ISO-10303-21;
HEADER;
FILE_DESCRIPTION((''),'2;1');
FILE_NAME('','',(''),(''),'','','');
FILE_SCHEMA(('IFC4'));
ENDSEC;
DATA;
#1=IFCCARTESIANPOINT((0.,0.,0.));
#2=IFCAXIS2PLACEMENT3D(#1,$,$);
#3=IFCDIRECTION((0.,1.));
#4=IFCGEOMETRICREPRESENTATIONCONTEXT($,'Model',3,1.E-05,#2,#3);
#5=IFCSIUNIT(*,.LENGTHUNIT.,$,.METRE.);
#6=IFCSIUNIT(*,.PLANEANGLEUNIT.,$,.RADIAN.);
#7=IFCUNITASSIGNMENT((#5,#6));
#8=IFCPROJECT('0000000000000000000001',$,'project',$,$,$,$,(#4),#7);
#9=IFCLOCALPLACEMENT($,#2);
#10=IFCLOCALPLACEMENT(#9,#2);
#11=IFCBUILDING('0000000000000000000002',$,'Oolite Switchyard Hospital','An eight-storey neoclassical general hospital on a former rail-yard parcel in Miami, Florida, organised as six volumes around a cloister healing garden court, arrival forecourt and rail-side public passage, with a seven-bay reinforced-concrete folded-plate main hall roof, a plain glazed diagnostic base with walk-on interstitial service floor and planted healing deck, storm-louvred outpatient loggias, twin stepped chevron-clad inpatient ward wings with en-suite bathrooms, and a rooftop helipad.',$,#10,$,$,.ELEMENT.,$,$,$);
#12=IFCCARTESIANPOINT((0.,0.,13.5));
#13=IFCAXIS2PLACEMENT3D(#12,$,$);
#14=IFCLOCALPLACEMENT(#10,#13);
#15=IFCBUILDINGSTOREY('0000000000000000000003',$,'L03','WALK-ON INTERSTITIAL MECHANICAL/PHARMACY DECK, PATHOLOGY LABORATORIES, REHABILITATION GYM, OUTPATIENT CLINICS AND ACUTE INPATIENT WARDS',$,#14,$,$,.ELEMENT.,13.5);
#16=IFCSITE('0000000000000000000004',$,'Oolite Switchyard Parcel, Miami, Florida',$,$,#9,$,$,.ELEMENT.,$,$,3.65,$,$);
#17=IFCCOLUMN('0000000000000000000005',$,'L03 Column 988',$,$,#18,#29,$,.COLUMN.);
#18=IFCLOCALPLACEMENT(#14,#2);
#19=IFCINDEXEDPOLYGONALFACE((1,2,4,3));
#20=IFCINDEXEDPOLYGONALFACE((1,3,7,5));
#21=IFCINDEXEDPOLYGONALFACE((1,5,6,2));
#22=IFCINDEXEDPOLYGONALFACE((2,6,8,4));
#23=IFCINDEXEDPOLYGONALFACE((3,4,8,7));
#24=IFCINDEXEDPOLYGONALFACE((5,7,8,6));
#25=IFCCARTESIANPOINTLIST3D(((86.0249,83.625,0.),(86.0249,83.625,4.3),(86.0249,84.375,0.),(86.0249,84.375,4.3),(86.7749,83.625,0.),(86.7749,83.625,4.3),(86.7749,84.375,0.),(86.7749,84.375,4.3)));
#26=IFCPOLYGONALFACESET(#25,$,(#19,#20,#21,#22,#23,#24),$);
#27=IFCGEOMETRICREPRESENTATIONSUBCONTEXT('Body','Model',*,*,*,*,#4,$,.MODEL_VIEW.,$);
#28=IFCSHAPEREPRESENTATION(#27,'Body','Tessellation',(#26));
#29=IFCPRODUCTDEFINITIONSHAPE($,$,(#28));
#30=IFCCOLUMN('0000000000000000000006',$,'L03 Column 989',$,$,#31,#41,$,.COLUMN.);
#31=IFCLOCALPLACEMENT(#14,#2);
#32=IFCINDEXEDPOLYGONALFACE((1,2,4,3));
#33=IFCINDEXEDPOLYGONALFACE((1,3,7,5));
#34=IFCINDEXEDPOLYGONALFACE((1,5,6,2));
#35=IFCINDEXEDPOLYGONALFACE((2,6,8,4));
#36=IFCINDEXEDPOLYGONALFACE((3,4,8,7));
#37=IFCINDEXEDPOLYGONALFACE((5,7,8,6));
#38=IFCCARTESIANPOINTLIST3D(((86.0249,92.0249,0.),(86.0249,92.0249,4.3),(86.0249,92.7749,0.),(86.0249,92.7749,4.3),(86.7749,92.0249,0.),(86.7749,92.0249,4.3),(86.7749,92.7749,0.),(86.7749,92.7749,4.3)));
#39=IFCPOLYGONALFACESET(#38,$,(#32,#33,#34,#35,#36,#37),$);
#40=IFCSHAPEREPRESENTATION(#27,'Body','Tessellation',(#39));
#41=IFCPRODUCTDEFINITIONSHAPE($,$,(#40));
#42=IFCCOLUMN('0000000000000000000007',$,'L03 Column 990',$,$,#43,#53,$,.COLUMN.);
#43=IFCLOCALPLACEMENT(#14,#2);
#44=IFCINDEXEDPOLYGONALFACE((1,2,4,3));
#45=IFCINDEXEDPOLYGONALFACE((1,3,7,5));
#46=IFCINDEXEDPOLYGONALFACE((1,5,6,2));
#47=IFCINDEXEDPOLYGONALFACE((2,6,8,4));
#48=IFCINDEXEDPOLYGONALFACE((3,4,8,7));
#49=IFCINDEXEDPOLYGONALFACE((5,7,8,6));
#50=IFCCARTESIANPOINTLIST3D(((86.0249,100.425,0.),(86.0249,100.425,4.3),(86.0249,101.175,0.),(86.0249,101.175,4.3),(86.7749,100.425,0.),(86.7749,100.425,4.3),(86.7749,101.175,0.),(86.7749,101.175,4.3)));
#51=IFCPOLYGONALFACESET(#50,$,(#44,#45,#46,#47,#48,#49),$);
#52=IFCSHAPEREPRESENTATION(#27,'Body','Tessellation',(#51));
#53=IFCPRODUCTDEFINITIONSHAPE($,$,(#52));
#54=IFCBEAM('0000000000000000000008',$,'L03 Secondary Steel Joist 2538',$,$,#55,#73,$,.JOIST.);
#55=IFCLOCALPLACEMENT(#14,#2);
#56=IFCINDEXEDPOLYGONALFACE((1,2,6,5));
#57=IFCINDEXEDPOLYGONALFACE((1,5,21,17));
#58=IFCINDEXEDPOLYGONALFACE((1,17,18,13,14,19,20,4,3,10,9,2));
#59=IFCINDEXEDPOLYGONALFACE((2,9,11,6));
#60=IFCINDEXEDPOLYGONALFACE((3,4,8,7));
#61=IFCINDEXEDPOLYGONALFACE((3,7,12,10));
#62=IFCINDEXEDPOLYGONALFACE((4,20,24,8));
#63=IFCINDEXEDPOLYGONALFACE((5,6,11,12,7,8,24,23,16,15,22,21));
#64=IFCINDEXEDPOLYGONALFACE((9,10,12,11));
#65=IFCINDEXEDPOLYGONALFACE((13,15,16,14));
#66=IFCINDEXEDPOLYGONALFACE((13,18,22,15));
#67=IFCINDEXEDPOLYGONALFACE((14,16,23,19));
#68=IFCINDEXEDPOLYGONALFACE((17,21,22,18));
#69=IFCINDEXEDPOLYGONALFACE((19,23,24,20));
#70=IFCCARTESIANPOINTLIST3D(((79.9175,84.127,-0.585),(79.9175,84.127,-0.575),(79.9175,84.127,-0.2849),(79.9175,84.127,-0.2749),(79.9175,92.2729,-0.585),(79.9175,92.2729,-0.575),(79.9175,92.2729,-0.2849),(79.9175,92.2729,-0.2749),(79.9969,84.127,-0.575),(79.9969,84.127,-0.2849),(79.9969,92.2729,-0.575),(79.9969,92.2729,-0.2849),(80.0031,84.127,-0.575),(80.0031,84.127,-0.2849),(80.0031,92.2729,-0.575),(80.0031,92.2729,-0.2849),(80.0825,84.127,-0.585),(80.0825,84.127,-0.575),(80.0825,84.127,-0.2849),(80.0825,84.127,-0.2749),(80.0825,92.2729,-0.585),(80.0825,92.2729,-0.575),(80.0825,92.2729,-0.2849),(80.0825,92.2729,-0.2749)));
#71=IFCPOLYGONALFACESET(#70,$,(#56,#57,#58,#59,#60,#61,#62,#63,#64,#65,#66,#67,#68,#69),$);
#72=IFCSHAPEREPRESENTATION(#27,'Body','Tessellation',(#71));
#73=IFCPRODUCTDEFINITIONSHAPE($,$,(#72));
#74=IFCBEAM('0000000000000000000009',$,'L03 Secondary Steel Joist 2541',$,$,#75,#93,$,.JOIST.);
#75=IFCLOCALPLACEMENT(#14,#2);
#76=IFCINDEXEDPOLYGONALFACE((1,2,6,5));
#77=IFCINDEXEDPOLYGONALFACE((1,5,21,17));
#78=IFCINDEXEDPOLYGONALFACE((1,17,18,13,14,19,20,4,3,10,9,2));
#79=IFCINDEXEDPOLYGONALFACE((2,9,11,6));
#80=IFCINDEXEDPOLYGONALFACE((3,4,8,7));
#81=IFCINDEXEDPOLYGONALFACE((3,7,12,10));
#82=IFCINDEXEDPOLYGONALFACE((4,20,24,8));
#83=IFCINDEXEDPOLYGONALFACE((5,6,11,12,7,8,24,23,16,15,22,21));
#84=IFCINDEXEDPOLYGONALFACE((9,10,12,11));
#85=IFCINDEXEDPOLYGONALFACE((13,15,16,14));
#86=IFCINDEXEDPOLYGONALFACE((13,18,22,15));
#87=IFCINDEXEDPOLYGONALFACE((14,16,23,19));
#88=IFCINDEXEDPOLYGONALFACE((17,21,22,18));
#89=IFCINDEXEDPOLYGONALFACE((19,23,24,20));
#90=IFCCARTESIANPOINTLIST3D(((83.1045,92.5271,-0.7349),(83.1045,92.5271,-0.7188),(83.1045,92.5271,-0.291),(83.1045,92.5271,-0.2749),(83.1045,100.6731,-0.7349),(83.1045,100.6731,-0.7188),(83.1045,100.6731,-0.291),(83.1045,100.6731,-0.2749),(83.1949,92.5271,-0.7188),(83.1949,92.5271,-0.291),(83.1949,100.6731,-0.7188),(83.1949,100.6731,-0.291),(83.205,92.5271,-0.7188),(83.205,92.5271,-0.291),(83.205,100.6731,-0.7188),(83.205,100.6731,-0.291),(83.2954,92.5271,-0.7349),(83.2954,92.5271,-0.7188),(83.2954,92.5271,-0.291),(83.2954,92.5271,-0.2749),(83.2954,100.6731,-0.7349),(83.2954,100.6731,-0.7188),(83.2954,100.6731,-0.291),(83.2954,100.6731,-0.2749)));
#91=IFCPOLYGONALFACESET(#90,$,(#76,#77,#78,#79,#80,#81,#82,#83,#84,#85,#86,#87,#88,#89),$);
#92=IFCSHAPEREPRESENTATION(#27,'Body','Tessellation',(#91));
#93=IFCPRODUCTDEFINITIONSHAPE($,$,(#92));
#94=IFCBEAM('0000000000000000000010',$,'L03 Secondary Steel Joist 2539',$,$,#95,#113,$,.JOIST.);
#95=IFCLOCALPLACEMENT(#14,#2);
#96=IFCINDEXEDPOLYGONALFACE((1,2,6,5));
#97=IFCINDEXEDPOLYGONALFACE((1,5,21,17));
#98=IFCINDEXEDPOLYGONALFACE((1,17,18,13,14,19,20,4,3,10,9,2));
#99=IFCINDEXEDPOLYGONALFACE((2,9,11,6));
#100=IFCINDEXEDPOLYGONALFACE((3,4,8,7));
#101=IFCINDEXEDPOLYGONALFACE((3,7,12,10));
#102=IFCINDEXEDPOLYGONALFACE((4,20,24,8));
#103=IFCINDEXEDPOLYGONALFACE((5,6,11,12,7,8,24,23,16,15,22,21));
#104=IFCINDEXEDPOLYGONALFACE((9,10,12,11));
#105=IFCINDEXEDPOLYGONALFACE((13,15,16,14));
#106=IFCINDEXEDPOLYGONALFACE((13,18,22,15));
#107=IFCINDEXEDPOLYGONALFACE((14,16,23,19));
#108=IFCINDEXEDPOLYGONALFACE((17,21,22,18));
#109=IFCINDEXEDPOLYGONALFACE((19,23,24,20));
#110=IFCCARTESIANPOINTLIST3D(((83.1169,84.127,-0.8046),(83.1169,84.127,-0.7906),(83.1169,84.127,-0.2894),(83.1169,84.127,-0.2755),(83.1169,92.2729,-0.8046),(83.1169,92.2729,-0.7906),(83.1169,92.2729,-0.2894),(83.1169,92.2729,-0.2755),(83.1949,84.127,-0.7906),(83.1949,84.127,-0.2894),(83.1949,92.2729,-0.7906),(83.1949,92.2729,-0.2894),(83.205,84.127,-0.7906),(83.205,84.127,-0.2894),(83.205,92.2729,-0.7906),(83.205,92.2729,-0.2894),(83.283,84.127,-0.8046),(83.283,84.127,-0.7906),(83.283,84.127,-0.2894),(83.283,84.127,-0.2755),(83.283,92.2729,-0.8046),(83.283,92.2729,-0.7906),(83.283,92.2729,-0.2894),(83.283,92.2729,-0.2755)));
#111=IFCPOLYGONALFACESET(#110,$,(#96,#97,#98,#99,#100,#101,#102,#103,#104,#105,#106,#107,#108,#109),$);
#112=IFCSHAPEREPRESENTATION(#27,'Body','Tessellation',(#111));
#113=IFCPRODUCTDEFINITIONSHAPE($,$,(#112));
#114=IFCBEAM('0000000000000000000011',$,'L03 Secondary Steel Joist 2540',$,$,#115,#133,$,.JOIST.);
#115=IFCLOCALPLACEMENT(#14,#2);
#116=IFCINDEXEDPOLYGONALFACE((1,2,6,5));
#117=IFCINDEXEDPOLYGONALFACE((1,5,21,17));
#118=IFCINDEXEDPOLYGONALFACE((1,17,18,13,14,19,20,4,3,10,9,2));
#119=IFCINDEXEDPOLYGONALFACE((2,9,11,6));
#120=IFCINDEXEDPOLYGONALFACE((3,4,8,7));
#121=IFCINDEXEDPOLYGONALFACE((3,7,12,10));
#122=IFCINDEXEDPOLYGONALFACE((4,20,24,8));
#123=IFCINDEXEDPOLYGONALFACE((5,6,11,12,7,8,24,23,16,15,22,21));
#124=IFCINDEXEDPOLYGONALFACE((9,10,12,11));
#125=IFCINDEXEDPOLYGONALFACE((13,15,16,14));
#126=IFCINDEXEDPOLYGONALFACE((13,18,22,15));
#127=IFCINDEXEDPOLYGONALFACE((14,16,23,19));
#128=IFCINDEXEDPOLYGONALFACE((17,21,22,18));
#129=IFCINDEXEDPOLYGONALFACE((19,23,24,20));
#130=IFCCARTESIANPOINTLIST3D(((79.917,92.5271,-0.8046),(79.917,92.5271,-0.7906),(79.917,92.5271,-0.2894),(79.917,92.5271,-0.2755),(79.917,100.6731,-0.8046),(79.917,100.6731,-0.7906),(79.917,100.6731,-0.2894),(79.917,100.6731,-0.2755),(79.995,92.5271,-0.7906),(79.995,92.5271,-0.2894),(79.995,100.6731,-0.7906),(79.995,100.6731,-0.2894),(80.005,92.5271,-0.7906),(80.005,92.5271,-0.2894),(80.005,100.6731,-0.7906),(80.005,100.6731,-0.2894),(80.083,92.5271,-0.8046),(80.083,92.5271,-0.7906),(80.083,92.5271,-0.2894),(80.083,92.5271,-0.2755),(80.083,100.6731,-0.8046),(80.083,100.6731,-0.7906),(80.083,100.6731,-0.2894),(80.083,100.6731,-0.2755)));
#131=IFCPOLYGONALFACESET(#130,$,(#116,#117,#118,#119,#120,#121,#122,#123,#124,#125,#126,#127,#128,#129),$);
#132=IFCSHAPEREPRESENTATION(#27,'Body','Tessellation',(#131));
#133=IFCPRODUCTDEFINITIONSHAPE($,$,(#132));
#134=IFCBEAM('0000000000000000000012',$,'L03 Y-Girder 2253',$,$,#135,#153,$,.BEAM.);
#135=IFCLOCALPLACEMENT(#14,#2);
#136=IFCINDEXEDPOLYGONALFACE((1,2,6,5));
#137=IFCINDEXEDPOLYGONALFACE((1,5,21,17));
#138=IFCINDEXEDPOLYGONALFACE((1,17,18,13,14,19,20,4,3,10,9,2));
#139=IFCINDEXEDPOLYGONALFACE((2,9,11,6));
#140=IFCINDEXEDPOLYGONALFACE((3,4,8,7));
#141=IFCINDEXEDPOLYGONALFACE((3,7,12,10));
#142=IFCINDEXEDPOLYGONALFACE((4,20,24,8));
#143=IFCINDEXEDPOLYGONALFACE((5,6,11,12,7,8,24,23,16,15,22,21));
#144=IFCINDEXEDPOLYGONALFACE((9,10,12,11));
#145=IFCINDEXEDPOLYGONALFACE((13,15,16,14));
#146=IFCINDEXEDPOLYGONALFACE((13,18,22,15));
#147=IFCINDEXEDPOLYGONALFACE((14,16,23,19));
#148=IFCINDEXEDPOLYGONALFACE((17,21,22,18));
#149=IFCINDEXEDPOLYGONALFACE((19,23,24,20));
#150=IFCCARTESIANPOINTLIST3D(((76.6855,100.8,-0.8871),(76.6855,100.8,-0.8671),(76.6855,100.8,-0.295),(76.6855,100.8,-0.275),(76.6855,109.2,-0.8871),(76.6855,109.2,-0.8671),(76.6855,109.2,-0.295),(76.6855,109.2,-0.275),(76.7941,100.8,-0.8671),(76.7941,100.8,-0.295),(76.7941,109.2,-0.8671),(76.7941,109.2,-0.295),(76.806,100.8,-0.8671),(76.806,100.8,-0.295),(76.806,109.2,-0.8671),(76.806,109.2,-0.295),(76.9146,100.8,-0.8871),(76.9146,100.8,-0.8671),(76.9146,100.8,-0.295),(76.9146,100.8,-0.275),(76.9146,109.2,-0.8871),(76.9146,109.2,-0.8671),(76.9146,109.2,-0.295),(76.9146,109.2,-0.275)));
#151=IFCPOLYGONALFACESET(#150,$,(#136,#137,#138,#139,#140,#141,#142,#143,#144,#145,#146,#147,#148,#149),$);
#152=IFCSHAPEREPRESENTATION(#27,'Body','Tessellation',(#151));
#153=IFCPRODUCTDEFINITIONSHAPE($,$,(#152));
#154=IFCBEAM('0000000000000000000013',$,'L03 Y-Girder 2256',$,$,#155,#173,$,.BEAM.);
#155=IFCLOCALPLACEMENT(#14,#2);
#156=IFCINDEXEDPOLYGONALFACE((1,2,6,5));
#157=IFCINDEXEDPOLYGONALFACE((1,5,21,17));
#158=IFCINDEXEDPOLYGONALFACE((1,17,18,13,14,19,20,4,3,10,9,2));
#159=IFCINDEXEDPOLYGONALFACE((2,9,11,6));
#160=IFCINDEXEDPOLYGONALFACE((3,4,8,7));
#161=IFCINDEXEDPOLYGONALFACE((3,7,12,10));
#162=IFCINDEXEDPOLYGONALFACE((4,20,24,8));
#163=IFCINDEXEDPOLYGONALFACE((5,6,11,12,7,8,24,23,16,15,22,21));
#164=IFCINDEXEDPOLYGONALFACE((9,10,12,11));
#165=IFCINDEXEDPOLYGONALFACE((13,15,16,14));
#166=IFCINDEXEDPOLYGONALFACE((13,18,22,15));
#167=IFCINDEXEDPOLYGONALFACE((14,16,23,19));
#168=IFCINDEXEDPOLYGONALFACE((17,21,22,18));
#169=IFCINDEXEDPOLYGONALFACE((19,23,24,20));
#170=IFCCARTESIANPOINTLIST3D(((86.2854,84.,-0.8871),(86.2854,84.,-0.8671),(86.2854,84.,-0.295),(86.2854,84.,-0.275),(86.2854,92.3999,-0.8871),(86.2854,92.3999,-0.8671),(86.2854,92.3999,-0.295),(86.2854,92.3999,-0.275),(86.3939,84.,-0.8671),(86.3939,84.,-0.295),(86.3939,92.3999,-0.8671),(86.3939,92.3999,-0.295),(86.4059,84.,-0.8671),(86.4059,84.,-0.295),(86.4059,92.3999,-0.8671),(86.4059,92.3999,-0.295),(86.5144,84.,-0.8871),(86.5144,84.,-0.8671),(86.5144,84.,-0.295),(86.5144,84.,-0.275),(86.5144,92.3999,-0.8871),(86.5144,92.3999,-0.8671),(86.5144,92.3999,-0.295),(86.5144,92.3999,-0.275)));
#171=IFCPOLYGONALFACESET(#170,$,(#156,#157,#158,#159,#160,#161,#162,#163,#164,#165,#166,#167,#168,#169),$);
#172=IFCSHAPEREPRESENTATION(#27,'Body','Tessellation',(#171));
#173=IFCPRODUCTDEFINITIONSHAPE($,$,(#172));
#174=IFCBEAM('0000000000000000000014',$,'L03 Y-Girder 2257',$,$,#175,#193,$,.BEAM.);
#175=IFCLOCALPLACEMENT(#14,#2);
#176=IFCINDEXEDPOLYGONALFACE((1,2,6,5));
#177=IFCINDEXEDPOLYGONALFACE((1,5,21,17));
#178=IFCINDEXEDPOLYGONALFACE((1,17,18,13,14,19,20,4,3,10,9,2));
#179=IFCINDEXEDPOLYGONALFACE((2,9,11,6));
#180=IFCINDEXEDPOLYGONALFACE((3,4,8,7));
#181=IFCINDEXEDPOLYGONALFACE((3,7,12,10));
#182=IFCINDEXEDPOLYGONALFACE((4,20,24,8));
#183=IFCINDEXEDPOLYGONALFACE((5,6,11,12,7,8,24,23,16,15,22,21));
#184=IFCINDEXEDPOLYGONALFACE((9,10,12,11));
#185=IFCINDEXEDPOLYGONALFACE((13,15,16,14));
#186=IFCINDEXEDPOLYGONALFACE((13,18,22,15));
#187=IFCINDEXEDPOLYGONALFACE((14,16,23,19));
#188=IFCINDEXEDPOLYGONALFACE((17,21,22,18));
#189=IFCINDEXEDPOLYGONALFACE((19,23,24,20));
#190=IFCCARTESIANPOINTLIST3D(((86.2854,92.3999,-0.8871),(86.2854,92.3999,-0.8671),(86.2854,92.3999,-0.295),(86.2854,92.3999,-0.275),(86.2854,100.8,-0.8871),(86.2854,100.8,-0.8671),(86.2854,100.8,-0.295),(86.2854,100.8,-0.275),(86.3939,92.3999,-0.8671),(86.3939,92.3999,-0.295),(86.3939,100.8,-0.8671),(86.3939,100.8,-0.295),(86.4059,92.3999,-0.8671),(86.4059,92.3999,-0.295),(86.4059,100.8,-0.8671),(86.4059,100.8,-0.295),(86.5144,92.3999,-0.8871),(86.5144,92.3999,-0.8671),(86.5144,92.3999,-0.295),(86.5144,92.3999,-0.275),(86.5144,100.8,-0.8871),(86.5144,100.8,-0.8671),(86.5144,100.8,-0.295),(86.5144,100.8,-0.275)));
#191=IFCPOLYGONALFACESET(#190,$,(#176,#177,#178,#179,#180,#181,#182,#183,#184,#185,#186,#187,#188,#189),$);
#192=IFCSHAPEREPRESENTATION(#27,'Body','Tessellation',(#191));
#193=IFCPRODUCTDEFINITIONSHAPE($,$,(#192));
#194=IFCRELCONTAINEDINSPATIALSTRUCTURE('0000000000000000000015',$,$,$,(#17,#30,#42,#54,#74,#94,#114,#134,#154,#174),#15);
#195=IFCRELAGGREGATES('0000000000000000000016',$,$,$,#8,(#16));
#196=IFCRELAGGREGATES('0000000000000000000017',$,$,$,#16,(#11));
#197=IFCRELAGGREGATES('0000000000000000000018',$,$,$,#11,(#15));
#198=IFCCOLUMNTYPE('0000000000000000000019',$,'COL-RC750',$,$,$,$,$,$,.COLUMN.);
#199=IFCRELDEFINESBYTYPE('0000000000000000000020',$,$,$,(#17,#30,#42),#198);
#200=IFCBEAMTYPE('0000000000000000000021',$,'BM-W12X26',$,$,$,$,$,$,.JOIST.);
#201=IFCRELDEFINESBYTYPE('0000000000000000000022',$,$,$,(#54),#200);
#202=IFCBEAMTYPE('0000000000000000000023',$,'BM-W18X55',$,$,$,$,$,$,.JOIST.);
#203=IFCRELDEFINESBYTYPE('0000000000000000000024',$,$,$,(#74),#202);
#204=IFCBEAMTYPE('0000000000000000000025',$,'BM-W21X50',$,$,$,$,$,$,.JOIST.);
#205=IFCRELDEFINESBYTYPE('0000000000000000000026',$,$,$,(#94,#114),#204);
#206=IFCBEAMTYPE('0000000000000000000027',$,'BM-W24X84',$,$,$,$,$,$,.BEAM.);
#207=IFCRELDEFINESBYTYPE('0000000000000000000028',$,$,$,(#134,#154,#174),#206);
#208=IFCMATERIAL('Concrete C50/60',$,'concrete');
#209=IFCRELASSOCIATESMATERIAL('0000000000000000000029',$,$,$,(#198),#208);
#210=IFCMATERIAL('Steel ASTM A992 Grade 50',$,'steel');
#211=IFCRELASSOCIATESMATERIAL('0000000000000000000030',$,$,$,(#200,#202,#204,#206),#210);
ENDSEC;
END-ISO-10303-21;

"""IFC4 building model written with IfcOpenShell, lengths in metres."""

from ifc_helpers import new_model, si_unit, direction, frame, origin, origin_2d, place, context, subcontext, project, spatial, rectangle, i_section, extrude, material, material_profile, profile_set, type_object, element, save


model = new_model("IFC4")

# Units and contexts
model_context = context("Model", 3, precision=1e-05, world=origin(), true_north=direction((0.0, 1.0)))
body_context = subcontext(model_context, "Body", "Model", "MODEL_VIEW")
ifc_project = project(units=[si_unit("LENGTHUNIT", "METRE"), si_unit("PLANEANGLEUNIT", "RADIAN")], contexts=[model_context])

# Site, building, storey
site_placement = place(None, origin())
site = spatial("IfcSite", under=ifc_project, at=site_placement, Name="Oolite Switchyard Parcel, Miami, Florida", CompositionType="ELEMENT", RefElevation=3.65)
building_placement = place(site_placement, origin())
building = spatial("IfcBuilding", under=site, at=building_placement, Name="Oolite Switchyard Hospital", Description="An eight-storey neoclassical general hospital on a former rail-yard parcel in Miami, Florida, organised as six volumes around a cloister healing garden court, arrival forecourt and rail-side public passage, with a seven-bay reinforced-concrete folded-plate main hall roof, a plain glazed diagnostic base with walk-on interstitial service floor and planted healing deck, storm-louvred outpatient loggias, twin stepped chevron-clad inpatient ward wings with en-suite bathrooms, and a rooftop helipad.", CompositionType="ELEMENT")
storey_placement = place(building_placement, frame((0.0, 0.0, 13.5)))
storey = spatial("IfcBuildingStorey", under=building, at=storey_placement, Name="L03", Description="WALK-ON INTERSTITIAL MECHANICAL/PHARMACY DECK, PATHOLOGY LABORATORIES, REHABILITATION GYM, OUTPATIENT CLINICS AND ACUTE INPATIENT WARDS", CompositionType="ELEMENT", Elevation=13.5)

# Columns
ifc_material_1 = material(Name="Concrete C50/60", Category="concrete")
ifc_material_profile_1 = material_profile(ifc_material_1, rectangle(XDim=0.75, YDim=0.75, at=origin_2d()), Name="RC750X750")
ifc_profile_set_1 = profile_set([ifc_material_profile_1], Name="Concrete C50/60")
column_type = type_object("IfcColumnType", Name="COL-RC750", PredefinedType="COLUMN", material=ifc_profile_set_1)
for number, where, z_axis, x_axis, name in (
    (1, (86.3999, 84.0, 0.0), (0.0, 0.0, 1.0), (1.0, 0.0, 0.0), "L03 Column 988"),
    (2, (86.3999, 92.3999, 0.0), (0.0, 0.0, 1.0), (1.0, 0.0, 0.0), "L03 Column 989"),
    (3, (86.3999, 100.8, 0.0), (0.0, 0.0, 1.0), (1.0, 0.0, 0.0), "L03 Column 990"),
):
    element("IfcColumn", number, at=place(storey_placement, frame(where, z_axis=z_axis, x_axis=x_axis)), inside=storey, type_object=column_type, Name=name, PredefinedType="COLUMN", context=body_context, shape_type="SweptSolid", body=[
        extrude(rectangle(XDim=0.75, YDim=0.75, at=origin_2d()), origin(), (0.0, 0.0, 1.0), 4.3),
    ])

# Beams
ifc_material_2 = material(Name="Steel ASTM A992 Grade 50", Category="steel")
ifc_material_profile_2 = material_profile(ifc_material_2, i_section(OverallWidth=0.165, OverallDepth=0.3101, WebThickness=0.0061, FlangeThickness=0.01, at=origin_2d()), Name="W12X26")
ifc_profile_set_2 = profile_set([ifc_material_profile_2], Name="Steel ASTM A992 Grade 50")
beam_type_1 = type_object("IfcBeamType", Name="BM-W12X26", PredefinedType="JOIST", material=ifc_profile_set_2)
beam_1_placement = place(storey_placement, frame((80.0, 84.127, -0.4299), z_axis=(0.0, 1.0, 0.0), x_axis=(-1.0, 0.0, 0.0)))
element("IfcBeam", 4, at=beam_1_placement, inside=storey, type_object=beam_type_1, Name="L03 Secondary Steel Joist 2538", PredefinedType="JOIST", context=body_context, shape_type="SweptSolid", body=[
    extrude(i_section(OverallWidth=0.165, OverallDepth=0.3101, WebThickness=0.0061, FlangeThickness=0.01, at=origin_2d()), origin(), (0.0, 0.0, 1.0), 8.146),
])
ifc_material_profile_3 = material_profile(ifc_material_2, i_section(OverallWidth=0.1909, OverallDepth=0.46, WebThickness=0.01, FlangeThickness=0.0161, at=origin_2d()), Name="W18X55")
ifc_profile_set_3 = profile_set([ifc_material_profile_3], Name="Steel ASTM A992 Grade 50")
beam_type_2 = type_object("IfcBeamType", Name="BM-W18X55", PredefinedType="JOIST", material=ifc_profile_set_3)
beam_2_placement = place(storey_placement, frame((83.2, 92.5271, -0.5049), z_axis=(0.0, 1.0, 0.0), x_axis=(-1.0, 0.0, 0.0)))
element("IfcBeam", 5, at=beam_2_placement, inside=storey, type_object=beam_type_2, Name="L03 Secondary Steel Joist 2541", PredefinedType="JOIST", context=body_context, shape_type="SweptSolid", body=[
    extrude(i_section(OverallWidth=0.1909, OverallDepth=0.46, WebThickness=0.01, FlangeThickness=0.0161, at=origin_2d()), origin(), (0.0, 0.0, 1.0), 8.146),
])
ifc_material_profile_4 = material_profile(ifc_material_2, i_section(OverallWidth=0.166, OverallDepth=0.5291, WebThickness=0.01, FlangeThickness=0.0139, at=origin_2d()), Name="W21X50")
ifc_profile_set_4 = profile_set([ifc_material_profile_4], Name="Steel ASTM A992 Grade 50")
beam_type_3 = type_object("IfcBeamType", Name="BM-W21X50", PredefinedType="JOIST", material=ifc_profile_set_4)
for number, where, z_axis, x_axis, name in (
    (6, (83.2, 84.127, -0.54), (0.0, 1.0, 0.0), (-1.0, 0.0, 0.0), "L03 Secondary Steel Joist 2539"),
    (7, (80.0, 92.5271, -0.54), (0.0, 1.0, 0.0), (-1.0, 0.0, 0.0), "L03 Secondary Steel Joist 2540"),
):
    element("IfcBeam", number, at=place(storey_placement, frame(where, z_axis=z_axis, x_axis=x_axis)), inside=storey, type_object=beam_type_3, Name=name, PredefinedType="JOIST", context=body_context, shape_type="SweptSolid", body=[
        extrude(i_section(OverallWidth=0.166, OverallDepth=0.5291, WebThickness=0.01, FlangeThickness=0.0139, at=origin_2d()), origin(), (0.0, 0.0, 1.0), 8.146),
    ])
ifc_material_profile_5 = material_profile(ifc_material_2, i_section(OverallWidth=0.229, OverallDepth=0.6121, WebThickness=0.012, FlangeThickness=0.02, at=origin_2d()), Name="W24X84")
ifc_profile_set_5 = profile_set([ifc_material_profile_5], Name="Steel ASTM A992 Grade 50")
beam_type_4 = type_object("IfcBeamType", Name="BM-W24X84", PredefinedType="BEAM", material=ifc_profile_set_5)
for number, where, z_axis, x_axis, name in (
    (8, (76.8, 100.8, -0.5811), (0.0, 1.0, 0.0), (-1.0, 0.0, 0.0), "L03 Y-Girder 2253"),
    (9, (86.3999, 84.0, -0.5811), (0.0, 1.0, 0.0), (-1.0, 0.0, 0.0), "L03 Y-Girder 2256"),
):
    element("IfcBeam", number, at=place(storey_placement, frame(where, z_axis=z_axis, x_axis=x_axis)), inside=storey, type_object=beam_type_4, Name=name, PredefinedType="BEAM", context=body_context, shape_type="SweptSolid", body=[
        extrude(i_section(OverallWidth=0.229, OverallDepth=0.6121, WebThickness=0.012, FlangeThickness=0.02, at=origin_2d()), origin(), (0.0, 0.0, 1.0), 8.3999),
    ])
beam_3_placement = place(storey_placement, frame((86.3999, 92.3999, -0.5811), z_axis=(0.0, 1.0, 0.0), x_axis=(-1.0, 0.0, 0.0)))
element("IfcBeam", 10, at=beam_3_placement, inside=storey, type_object=beam_type_4, Name="L03 Y-Girder 2257", PredefinedType="BEAM", context=body_context, shape_type="SweptSolid", body=[
    extrude(i_section(OverallWidth=0.229, OverallDepth=0.6121, WebThickness=0.012, FlangeThickness=0.02, at=origin_2d()), origin(), (0.0, 0.0, 1.0), 8.4001),
])

save(model, "model.ifc")
